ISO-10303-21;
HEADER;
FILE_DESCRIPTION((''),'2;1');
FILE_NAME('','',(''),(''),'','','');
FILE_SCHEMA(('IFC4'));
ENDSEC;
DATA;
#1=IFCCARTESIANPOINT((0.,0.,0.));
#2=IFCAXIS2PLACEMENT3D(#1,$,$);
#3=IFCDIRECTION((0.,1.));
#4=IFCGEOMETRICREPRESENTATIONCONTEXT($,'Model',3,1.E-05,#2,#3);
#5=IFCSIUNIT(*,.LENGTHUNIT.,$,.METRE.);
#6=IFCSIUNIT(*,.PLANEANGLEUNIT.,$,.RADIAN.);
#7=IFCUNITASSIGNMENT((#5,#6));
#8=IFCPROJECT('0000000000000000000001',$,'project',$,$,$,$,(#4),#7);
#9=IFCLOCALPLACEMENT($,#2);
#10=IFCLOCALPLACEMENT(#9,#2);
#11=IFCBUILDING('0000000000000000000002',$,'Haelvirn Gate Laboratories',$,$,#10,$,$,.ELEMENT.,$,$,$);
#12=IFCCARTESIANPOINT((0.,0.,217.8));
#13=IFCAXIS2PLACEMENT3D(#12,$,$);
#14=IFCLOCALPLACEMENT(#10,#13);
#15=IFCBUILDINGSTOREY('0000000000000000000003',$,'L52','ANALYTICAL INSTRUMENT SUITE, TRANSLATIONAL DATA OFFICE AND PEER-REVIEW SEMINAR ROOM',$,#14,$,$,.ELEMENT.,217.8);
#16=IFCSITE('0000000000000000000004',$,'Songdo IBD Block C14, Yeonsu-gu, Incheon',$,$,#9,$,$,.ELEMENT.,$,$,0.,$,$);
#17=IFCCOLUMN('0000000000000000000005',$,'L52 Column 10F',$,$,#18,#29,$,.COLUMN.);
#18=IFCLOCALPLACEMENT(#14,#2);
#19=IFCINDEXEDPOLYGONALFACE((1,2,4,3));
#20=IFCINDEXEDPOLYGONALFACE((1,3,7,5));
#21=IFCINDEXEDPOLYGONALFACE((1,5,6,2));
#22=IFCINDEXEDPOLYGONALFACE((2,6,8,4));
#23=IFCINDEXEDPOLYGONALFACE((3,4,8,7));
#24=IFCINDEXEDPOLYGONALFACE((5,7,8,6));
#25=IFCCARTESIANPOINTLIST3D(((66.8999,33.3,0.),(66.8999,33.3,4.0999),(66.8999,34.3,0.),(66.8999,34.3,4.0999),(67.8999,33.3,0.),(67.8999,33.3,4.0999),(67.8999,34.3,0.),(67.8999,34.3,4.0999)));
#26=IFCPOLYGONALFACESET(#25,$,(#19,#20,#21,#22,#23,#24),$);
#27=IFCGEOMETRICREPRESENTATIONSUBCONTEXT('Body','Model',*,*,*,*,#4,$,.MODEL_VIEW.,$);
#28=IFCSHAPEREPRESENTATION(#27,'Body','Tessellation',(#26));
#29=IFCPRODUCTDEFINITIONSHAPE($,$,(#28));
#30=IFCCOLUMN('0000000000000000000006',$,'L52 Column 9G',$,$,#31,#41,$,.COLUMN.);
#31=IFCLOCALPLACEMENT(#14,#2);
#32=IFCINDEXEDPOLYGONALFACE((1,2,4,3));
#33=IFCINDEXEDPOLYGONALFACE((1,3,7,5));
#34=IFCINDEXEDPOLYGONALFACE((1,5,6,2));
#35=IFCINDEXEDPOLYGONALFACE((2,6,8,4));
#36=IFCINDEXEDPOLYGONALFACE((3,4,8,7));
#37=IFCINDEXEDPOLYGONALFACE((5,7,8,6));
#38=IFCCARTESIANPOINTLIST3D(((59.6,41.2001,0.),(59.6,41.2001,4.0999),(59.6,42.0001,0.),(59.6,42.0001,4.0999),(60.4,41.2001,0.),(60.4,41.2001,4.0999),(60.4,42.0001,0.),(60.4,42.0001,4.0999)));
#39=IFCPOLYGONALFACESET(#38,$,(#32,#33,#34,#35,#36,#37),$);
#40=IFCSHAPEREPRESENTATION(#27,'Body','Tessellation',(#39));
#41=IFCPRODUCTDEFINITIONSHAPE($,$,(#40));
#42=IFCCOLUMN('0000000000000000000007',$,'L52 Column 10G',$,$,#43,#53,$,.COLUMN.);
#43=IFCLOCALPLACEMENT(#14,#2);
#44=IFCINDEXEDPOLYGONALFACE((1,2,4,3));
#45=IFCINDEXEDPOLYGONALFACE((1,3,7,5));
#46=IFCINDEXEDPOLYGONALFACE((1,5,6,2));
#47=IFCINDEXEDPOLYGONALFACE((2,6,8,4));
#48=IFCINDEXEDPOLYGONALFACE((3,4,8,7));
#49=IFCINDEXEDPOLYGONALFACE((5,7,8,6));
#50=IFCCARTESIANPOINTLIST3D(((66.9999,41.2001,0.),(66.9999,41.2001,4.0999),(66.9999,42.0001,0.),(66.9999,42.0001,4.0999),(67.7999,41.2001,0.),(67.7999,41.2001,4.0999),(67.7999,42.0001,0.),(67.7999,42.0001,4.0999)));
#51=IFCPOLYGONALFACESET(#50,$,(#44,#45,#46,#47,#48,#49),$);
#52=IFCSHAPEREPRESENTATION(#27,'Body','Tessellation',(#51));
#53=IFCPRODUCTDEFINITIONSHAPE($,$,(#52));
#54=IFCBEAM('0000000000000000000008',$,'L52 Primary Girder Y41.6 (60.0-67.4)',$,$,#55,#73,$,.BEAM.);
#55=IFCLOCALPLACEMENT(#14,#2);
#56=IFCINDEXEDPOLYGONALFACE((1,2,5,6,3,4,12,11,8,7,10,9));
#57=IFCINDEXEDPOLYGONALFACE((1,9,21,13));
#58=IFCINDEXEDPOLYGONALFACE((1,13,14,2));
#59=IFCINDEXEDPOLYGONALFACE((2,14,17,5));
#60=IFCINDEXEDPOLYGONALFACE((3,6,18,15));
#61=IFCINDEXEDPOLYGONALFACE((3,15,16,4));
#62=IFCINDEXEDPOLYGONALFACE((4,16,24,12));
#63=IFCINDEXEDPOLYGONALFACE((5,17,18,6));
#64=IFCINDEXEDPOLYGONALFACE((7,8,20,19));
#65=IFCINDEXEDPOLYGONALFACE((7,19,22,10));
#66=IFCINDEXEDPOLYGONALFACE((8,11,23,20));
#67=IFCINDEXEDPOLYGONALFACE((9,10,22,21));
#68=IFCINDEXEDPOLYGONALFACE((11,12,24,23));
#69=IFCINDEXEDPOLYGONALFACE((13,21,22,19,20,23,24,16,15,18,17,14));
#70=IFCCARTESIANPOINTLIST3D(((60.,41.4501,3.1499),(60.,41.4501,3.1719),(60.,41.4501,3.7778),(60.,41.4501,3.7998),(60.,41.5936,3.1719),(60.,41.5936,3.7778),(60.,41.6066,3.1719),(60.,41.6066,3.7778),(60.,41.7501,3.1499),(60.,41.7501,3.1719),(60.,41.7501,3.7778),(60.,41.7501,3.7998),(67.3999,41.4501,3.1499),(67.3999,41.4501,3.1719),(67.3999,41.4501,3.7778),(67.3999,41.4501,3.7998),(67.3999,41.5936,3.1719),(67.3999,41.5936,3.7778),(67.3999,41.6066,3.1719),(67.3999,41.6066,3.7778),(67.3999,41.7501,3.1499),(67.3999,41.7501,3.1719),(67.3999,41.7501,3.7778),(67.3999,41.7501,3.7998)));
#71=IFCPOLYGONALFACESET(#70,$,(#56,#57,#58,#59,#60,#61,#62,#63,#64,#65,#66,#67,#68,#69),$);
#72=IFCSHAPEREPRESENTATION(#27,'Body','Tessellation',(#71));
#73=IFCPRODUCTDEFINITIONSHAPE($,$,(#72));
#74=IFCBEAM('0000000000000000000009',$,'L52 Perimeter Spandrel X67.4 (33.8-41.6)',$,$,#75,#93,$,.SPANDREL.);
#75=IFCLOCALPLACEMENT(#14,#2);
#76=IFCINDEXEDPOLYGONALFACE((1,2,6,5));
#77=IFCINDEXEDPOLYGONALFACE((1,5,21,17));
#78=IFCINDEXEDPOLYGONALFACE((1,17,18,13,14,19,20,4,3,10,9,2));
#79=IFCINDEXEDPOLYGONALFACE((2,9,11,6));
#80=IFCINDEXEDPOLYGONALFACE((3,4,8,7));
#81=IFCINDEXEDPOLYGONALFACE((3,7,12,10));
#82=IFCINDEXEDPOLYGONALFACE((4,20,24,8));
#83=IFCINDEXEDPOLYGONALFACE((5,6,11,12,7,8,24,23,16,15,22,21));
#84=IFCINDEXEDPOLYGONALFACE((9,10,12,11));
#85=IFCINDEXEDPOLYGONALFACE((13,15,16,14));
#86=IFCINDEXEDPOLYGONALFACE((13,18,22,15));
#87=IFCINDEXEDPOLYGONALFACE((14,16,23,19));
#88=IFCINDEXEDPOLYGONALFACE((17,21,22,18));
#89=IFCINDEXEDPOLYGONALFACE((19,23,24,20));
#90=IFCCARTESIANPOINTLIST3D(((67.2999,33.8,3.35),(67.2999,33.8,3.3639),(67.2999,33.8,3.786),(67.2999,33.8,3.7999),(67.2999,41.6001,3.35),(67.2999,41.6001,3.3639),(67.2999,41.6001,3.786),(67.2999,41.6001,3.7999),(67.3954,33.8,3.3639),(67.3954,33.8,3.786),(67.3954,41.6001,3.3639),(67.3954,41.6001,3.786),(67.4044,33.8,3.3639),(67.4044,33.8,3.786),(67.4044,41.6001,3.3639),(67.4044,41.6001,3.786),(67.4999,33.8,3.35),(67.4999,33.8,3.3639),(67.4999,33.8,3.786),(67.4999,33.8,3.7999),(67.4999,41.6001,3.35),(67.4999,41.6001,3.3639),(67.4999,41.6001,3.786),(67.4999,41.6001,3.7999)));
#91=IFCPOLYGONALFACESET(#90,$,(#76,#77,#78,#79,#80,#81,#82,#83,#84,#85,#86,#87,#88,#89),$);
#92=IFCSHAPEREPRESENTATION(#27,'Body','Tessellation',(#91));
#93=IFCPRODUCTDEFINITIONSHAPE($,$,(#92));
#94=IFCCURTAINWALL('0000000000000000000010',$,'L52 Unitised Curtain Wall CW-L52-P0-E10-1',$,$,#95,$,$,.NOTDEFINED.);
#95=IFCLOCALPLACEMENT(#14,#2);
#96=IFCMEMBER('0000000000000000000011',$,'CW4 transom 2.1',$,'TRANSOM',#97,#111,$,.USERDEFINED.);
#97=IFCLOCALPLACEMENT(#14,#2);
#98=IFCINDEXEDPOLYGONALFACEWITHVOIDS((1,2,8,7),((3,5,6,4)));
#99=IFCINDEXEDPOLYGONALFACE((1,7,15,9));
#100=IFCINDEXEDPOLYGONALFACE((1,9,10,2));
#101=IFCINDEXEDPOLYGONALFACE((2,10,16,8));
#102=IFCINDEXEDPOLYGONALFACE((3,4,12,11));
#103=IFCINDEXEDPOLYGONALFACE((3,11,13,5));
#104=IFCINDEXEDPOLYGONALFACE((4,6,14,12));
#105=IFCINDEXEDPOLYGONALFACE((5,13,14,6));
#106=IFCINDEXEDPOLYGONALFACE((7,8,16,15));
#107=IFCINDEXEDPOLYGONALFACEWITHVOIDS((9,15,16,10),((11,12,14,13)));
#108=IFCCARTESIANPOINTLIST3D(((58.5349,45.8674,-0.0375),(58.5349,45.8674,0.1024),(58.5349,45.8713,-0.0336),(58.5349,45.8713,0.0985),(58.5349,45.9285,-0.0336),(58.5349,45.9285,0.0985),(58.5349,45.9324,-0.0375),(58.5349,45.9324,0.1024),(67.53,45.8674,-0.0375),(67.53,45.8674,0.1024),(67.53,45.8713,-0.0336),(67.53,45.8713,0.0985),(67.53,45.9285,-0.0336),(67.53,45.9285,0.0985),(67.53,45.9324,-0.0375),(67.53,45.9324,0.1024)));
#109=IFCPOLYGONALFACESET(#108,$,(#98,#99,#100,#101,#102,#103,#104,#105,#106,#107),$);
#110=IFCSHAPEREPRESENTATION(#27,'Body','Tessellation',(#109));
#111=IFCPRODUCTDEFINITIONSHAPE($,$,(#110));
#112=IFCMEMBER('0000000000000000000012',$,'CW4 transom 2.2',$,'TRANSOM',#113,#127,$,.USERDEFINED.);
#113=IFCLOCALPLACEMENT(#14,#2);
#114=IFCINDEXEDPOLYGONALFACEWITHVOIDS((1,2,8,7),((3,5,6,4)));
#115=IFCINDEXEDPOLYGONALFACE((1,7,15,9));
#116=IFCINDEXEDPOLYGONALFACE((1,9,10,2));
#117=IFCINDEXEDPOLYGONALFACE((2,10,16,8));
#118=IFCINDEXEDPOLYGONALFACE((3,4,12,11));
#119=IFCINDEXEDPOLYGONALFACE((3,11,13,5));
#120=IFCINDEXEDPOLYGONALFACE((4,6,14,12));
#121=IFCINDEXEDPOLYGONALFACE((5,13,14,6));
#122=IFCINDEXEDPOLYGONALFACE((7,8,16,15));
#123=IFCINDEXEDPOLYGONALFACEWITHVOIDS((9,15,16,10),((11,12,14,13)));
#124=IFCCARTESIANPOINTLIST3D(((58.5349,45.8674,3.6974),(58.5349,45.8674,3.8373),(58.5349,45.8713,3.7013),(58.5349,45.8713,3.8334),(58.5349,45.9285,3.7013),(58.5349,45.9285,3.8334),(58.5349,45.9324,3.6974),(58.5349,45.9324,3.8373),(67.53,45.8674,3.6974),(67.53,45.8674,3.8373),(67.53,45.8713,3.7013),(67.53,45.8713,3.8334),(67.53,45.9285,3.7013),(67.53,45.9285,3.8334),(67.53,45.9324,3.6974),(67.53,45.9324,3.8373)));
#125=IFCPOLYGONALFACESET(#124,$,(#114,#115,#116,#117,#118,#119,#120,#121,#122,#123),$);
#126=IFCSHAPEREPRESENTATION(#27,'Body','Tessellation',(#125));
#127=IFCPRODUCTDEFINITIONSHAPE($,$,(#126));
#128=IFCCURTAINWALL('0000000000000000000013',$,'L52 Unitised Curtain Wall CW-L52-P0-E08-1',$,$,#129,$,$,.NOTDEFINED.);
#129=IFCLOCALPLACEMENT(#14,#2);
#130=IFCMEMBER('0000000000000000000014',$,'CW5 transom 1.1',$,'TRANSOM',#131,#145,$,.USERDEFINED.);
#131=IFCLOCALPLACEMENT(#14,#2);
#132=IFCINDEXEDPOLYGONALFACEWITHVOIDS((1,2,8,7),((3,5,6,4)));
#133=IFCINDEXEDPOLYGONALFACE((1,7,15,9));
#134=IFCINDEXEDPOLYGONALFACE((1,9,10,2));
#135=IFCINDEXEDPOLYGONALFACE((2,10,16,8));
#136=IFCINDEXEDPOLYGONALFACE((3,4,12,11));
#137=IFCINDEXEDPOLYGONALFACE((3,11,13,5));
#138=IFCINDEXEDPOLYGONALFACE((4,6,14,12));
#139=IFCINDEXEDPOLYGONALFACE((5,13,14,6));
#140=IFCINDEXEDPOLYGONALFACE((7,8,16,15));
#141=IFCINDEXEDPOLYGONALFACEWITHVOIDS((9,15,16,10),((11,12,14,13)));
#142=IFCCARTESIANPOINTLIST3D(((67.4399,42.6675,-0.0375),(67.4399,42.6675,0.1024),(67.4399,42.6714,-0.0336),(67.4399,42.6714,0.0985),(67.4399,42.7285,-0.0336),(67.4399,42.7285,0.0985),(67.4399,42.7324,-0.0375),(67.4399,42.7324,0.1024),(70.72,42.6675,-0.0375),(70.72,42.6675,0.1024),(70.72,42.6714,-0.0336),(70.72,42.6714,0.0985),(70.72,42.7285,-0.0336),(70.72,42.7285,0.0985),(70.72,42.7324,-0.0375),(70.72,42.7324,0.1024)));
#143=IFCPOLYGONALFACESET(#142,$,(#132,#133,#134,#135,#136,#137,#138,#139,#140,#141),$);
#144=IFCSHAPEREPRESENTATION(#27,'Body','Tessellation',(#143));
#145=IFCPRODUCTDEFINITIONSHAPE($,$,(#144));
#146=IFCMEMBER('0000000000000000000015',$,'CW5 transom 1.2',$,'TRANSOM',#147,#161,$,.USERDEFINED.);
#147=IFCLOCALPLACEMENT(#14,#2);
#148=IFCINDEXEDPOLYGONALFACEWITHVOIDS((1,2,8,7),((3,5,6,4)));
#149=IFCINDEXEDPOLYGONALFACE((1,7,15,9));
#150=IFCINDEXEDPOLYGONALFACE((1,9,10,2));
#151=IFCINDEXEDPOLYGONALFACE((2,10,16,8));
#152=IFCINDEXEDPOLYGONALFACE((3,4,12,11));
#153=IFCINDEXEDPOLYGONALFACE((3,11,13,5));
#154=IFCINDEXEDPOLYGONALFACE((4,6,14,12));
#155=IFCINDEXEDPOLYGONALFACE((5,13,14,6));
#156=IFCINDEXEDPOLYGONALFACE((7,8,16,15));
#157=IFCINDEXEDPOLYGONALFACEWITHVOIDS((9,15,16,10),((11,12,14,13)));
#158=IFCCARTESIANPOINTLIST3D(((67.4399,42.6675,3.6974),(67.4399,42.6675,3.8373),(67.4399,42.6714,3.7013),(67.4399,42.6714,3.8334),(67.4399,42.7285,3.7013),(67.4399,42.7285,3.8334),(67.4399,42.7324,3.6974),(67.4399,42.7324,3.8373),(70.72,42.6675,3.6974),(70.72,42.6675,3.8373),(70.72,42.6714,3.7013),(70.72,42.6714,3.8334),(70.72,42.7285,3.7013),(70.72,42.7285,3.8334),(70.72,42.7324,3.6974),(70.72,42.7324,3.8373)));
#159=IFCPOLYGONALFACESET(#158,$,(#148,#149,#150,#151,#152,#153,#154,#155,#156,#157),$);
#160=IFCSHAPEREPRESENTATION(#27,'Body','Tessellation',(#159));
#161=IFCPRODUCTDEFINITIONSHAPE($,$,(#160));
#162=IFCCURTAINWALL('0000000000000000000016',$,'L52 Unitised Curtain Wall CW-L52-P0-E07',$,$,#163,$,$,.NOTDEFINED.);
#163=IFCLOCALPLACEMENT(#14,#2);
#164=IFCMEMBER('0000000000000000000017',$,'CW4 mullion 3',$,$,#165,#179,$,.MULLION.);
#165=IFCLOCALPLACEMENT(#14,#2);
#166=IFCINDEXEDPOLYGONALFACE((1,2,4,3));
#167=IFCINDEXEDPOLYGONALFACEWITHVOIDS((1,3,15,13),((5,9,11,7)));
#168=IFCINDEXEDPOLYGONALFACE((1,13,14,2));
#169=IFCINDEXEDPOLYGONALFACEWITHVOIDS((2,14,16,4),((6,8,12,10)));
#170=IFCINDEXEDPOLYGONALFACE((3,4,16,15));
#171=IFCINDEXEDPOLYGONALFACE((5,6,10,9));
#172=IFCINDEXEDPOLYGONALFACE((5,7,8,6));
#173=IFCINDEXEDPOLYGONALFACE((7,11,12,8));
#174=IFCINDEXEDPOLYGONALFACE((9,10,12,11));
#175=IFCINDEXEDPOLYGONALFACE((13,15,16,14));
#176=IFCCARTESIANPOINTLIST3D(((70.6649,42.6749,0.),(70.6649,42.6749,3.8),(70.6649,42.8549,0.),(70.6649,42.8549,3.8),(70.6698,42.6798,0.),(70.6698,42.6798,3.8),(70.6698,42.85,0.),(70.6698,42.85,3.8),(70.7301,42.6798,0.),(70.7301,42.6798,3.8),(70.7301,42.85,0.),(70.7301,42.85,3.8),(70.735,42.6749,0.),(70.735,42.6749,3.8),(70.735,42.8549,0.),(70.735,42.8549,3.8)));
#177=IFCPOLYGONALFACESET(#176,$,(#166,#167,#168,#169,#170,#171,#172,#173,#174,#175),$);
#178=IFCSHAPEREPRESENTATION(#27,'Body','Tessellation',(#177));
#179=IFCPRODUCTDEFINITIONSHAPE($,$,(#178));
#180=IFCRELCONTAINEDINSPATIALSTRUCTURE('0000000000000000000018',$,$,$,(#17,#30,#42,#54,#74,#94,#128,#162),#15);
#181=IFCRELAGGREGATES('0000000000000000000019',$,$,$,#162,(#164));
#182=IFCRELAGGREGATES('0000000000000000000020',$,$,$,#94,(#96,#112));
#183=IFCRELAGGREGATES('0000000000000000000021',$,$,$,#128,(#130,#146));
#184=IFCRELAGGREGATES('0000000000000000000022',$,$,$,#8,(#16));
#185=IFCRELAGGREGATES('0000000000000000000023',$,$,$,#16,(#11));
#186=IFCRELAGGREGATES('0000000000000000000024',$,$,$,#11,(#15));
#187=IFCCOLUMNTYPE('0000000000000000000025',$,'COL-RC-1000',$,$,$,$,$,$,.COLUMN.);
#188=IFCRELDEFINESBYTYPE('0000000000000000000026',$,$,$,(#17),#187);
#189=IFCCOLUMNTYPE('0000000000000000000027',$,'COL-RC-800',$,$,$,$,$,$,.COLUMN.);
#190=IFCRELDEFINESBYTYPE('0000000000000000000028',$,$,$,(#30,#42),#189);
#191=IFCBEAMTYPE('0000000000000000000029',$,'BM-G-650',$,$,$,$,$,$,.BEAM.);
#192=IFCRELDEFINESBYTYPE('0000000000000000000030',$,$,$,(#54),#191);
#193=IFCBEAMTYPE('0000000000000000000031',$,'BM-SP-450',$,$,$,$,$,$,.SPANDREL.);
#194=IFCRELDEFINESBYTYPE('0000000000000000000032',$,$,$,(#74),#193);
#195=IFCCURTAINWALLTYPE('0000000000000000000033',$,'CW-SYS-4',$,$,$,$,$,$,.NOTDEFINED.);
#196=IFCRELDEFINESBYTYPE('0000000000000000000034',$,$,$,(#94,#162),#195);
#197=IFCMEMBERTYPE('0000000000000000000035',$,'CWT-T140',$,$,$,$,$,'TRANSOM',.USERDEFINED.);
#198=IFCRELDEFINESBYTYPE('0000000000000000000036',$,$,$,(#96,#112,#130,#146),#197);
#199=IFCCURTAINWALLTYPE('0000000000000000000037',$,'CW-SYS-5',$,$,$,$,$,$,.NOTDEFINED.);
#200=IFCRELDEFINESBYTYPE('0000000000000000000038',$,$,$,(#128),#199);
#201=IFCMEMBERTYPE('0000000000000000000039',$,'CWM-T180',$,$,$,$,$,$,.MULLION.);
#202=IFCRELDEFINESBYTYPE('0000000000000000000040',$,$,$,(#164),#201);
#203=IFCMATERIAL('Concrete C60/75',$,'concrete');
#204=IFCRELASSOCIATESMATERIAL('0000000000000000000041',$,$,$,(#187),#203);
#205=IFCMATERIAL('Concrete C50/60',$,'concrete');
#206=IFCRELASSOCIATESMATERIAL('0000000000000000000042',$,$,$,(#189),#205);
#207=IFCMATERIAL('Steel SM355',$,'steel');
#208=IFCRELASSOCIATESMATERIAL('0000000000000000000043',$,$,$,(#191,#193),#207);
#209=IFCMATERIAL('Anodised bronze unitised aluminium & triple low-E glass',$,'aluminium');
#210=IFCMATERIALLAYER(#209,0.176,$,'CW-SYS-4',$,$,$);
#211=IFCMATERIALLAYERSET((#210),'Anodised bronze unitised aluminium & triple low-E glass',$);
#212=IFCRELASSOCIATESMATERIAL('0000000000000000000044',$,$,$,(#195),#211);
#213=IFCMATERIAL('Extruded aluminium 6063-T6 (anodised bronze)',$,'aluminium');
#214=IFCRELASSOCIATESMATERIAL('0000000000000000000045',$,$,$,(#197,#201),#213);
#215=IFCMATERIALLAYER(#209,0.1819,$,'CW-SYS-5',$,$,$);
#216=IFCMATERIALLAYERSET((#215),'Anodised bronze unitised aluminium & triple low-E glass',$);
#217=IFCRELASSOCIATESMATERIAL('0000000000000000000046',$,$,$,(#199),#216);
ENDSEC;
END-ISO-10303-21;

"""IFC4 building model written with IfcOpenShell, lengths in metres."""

from ifc_helpers import new_model, si_unit, direction, frame, origin, origin_2d, place, context, subcontext, project, spatial, rectangle, hollow_rectangle, i_section, extrude, source, transform, mapped, material, layer, layer_set, material_profile, profile_set, type_object, type_shapes, element, aggregate, save


model = new_model("IFC4")

# Units and contexts
model_context = context("Model", 3, precision=1e-05, world=origin(), true_north=direction((0.0, 1.0)))
body_context = subcontext(model_context, "Body", "Model", "MODEL_VIEW")
ifc_project = project(units=[si_unit("LENGTHUNIT", "METRE"), si_unit("PLANEANGLEUNIT", "RADIAN")], contexts=[model_context])

# Site, building, storey
site_placement = place(None, origin())
site = spatial("IfcSite", under=ifc_project, at=site_placement, Name="Songdo IBD Block C14, Yeonsu-gu, Incheon", CompositionType="ELEMENT", RefElevation=0.0)
building_placement = place(site_placement, origin())
building = spatial("IfcBuilding", under=site, at=building_placement, Name="Haelvirn Gate Laboratories", CompositionType="ELEMENT")
storey_placement = place(building_placement, frame((0.0, 0.0, 217.8)))
storey = spatial("IfcBuildingStorey", under=building, at=storey_placement, Name="L52", Description="ANALYTICAL INSTRUMENT SUITE, TRANSLATIONAL DATA OFFICE AND PEER-REVIEW SEMINAR ROOM", CompositionType="ELEMENT", Elevation=217.8)

# Columns
ifc_material_1 = material(Name="Concrete C60/75", Category="concrete")
ifc_material_profile_1 = material_profile(ifc_material_1, rectangle(XDim=1.0, YDim=1.0, at=origin_2d()), Name="RC-1000x1000")
ifc_profile_set_1 = profile_set([ifc_material_profile_1], Name="Concrete C60/75")
column_type_1 = type_object("IfcColumnType", Name="COL-RC-1000", PredefinedType="COLUMN", material=ifc_profile_set_1)
shared_shape_1 = source(origin(), body_context, "Body", "SweptSolid", [
    extrude(rectangle(XDim=1.0, YDim=1.0, at=origin_2d()), origin(), (0.0, 0.0, 1.0), 4.0999),
])
type_shapes(column_type_1, [shared_shape_1])
column_placement = place(storey_placement, frame((67.3999, 33.8, 0.0), z_axis=(0.0, 0.0, 1.0), x_axis=(1.0, 0.0, 0.0)))
element("IfcColumn", 1, at=column_placement, inside=storey, type_object=column_type_1, Name="L52 Column 10F", PredefinedType="COLUMN", context=body_context, shape_type="MappedRepresentation", body=[
    mapped(shared_shape_1, transform((0.0, 0.0, 0.0), scale=1.0)),
])
ifc_material_2 = material(Name="Concrete C50/60", Category="concrete")
ifc_material_profile_2 = material_profile(ifc_material_2, rectangle(XDim=0.8, YDim=0.8, at=origin_2d()), Name="RC-800x800")
ifc_profile_set_2 = profile_set([ifc_material_profile_2], Name="Concrete C50/60")
column_type_2 = type_object("IfcColumnType", Name="COL-RC-800", PredefinedType="COLUMN", material=ifc_profile_set_2)
shared_shape_2 = source(origin(), body_context, "Body", "SweptSolid", [
    extrude(rectangle(XDim=0.8, YDim=0.8, at=origin_2d()), origin(), (0.0, 0.0, 1.0), 4.0999),
])
type_shapes(column_type_2, [shared_shape_2])
for number, where, z_axis, x_axis, name in (
    (2, (60.0, 41.6001, 0.0), (0.0, 0.0, 1.0), (1.0, 0.0, 0.0), "L52 Column 9G"),
    (3, (67.3999, 41.6001, 0.0), (0.0, 0.0, 1.0), (1.0, 0.0, 0.0), "L52 Column 10G"),
):
    element("IfcColumn", number, at=place(storey_placement, frame(where, z_axis=z_axis, x_axis=x_axis)), inside=storey, type_object=column_type_2, Name=name, PredefinedType="COLUMN", context=body_context, shape_type="MappedRepresentation", body=[
        mapped(shared_shape_2, transform((0.0, 0.0, 0.0), scale=1.0)),
    ])

# Beams
ifc_material_3 = material(Name="Steel SM355", Category="steel")
ifc_material_profile_3 = material_profile(ifc_material_3, i_section(OverallWidth=0.3, OverallDepth=0.6499, WebThickness=0.0129, FlangeThickness=0.022, at=origin_2d()), Name="H-650x300x13x22")
ifc_profile_set_3 = profile_set([ifc_material_profile_3], Name="Steel SM355")
beam_type_1 = type_object("IfcBeamType", Name="BM-G-650", PredefinedType="BEAM", material=ifc_profile_set_3)
shared_shape_3 = source(origin(), body_context, "Body", "SweptSolid", [
    extrude(i_section(OverallWidth=0.3, OverallDepth=0.6499, WebThickness=0.0129, FlangeThickness=0.022, at=origin_2d()), origin(), (0.0, 0.0, 1.0), 7.3999),
])
type_shapes(beam_type_1, [shared_shape_3])
beam_1_placement = place(storey_placement, frame((60.0, 41.6001, 3.4749), z_axis=(1.0, 0.0, 0.0), x_axis=(0.0, 1.0, 0.0)))
element("IfcBeam", 4, at=beam_1_placement, inside=storey, type_object=beam_type_1, Name="L52 Primary Girder Y41.6 (60.0-67.4)", PredefinedType="BEAM", context=body_context, shape_type="MappedRepresentation", body=[
    mapped(shared_shape_3, transform((0.0, 0.0, 0.0), scale=1.0)),
])
ifc_material_profile_4 = material_profile(ifc_material_3, i_section(OverallWidth=0.2, OverallDepth=0.45, WebThickness=0.009, FlangeThickness=0.0139, at=origin_2d()), Name="H-450x200x9x14")
ifc_profile_set_4 = profile_set([ifc_material_profile_4], Name="Steel SM355")
beam_type_2 = type_object("IfcBeamType", Name="BM-SP-450", PredefinedType="SPANDREL", material=ifc_profile_set_4)
shared_shape_4 = source(origin(), body_context, "Body", "SweptSolid", [
    extrude(i_section(OverallWidth=0.2, OverallDepth=0.45, WebThickness=0.009, FlangeThickness=0.0139, at=origin_2d()), origin(), (0.0, 0.0, 1.0), 7.8),
])
type_shapes(beam_type_2, [shared_shape_4])
beam_2_placement = place(storey_placement, frame((67.3999, 33.8, 3.575), z_axis=(0.0, 1.0, 0.0), x_axis=(-1.0, 0.0, 0.0)))
element("IfcBeam", 5, at=beam_2_placement, inside=storey, type_object=beam_type_2, Name="L52 Perimeter Spandrel X67.4 (33.8-41.6)", PredefinedType="SPANDREL", context=body_context, shape_type="MappedRepresentation", body=[
    mapped(shared_shape_4, transform((0.0, 0.0, 0.0), scale=1.0)),
])

# Curtain walls, members
ifc_material_4 = material(Name="Anodised bronze unitised aluminium & triple low-E glass", Category="aluminium")
ifc_layer_1 = layer(ifc_material_4, 0.176, Name="CW-SYS-4")
ifc_layer_set_1 = layer_set([ifc_layer_1], Name="Anodised bronze unitised aluminium & triple low-E glass")
curtain_wall_type_1 = type_object("IfcCurtainWallType", Name="CW-SYS-4", PredefinedType="NOTDEFINED", material=ifc_layer_set_1)
curtain_wall_1_placement = place(storey_placement, origin())
curtain_wall_1 = element("IfcCurtainWall", 6, at=curtain_wall_1_placement, inside=storey, type_object=curtain_wall_type_1, Name="L52 Unitised Curtain Wall CW-L52-P0-E10-1", PredefinedType="NOTDEFINED")
ifc_material_5 = material(Name="Extruded aluminium 6063-T6 (anodised bronze)", Category="aluminium")
ifc_material_profile_5 = material_profile(ifc_material_5, hollow_rectangle(XDim=0.0649, YDim=0.1399, WallThickness=0.0039, at=origin_2d()), Name="CWT-140x65x4")
ifc_profile_set_5 = profile_set([ifc_material_profile_5], Name="Extruded aluminium 6063-T6 (anodised bronze)")
member_type_1 = type_object("IfcMemberType", Name="CWT-T140", ElementType="TRANSOM", PredefinedType="USERDEFINED", material=ifc_profile_set_5)
shared_shape_5 = source(origin(), body_context, "Body", "SweptSolid", [
    extrude(hollow_rectangle(XDim=0.0649, YDim=0.1399, WallThickness=0.0039, at=origin_2d()), origin(), (0.0, 0.0, 1.0), 8.9951),
])
member_1_placement = place(storey_placement, frame((58.5349, 45.8999, 0.0325), z_axis=(1.0, 0.0, 0.0), x_axis=(0.0, 1.0, 0.0)))
member_1 = element("IfcMember", 7, at=member_1_placement, type_object=member_type_1, Name="CW4 transom 2.1", ObjectType="TRANSOM", PredefinedType="USERDEFINED", context=body_context, shape_type="MappedRepresentation", body=[
    mapped(shared_shape_5, transform((0.0, 0.0, 0.0), scale=1.0)),
])
member_2_placement = place(storey_placement, frame((58.5349, 45.8999, 3.7673), z_axis=(1.0, 0.0, 0.0), x_axis=(0.0, 1.0, 0.0)))
member_2 = element("IfcMember", 8, at=member_2_placement, type_object=member_type_1, Name="CW4 transom 2.2", ObjectType="TRANSOM", PredefinedType="USERDEFINED", context=body_context, shape_type="MappedRepresentation", body=[
    mapped(shared_shape_5, transform((0.0, 0.0, 0.0), scale=1.0)),
])
ifc_layer_2 = layer(ifc_material_4, 0.1819, Name="CW-SYS-5")
ifc_layer_set_2 = layer_set([ifc_layer_2], Name="Anodised bronze unitised aluminium & triple low-E glass")
curtain_wall_type_2 = type_object("IfcCurtainWallType", Name="CW-SYS-5", PredefinedType="NOTDEFINED", material=ifc_layer_set_2)
curtain_wall_2_placement = place(storey_placement, origin())
curtain_wall_2 = element("IfcCurtainWall", 9, at=curtain_wall_2_placement, inside=storey, type_object=curtain_wall_type_2, Name="L52 Unitised Curtain Wall CW-L52-P0-E08-1", PredefinedType="NOTDEFINED")
shared_shape_6 = source(origin(), body_context, "Body", "SweptSolid", [
    extrude(hollow_rectangle(XDim=0.0649, YDim=0.1399, WallThickness=0.0039, at=origin_2d()), origin(), (0.0, 0.0, 1.0), 3.28),
])
type_shapes(member_type_1, [shared_shape_5, shared_shape_6])
member_3_placement = place(storey_placement, frame((67.4399, 42.7, 0.0325), z_axis=(1.0, 0.0, 0.0), x_axis=(0.0, 1.0, 0.0)))
member_3 = element("IfcMember", 10, at=member_3_placement, type_object=member_type_1, Name="CW5 transom 1.1", ObjectType="TRANSOM", PredefinedType="USERDEFINED", context=body_context, shape_type="MappedRepresentation", body=[
    mapped(shared_shape_6, transform((0.0, 0.0, 0.0), scale=1.0)),
])
member_4_placement = place(storey_placement, frame((67.4399, 42.7, 3.7673), z_axis=(1.0, 0.0, 0.0), x_axis=(0.0, 1.0, 0.0)))
member_4 = element("IfcMember", 11, at=member_4_placement, type_object=member_type_1, Name="CW5 transom 1.2", ObjectType="TRANSOM", PredefinedType="USERDEFINED", context=body_context, shape_type="MappedRepresentation", body=[
    mapped(shared_shape_6, transform((0.0, 0.0, 0.0), scale=1.0)),
])

# Curtain wall, member
curtain_wall_3_placement = place(storey_placement, origin())
curtain_wall_3 = element("IfcCurtainWall", 12, at=curtain_wall_3_placement, inside=storey, type_object=curtain_wall_type_1, Name="L52 Unitised Curtain Wall CW-L52-P0-E07", PredefinedType="NOTDEFINED")
ifc_material_profile_6 = material_profile(ifc_material_5, hollow_rectangle(XDim=0.0701, YDim=0.1799, WallThickness=0.0049, at=origin_2d()), Name="CWM-180x70x5")
ifc_profile_set_6 = profile_set([ifc_material_profile_6], Name="Extruded aluminium 6063-T6 (anodised bronze)")
member_type_2 = type_object("IfcMemberType", Name="CWM-T180", PredefinedType="MULLION", material=ifc_profile_set_6)
shared_shape_7 = source(origin(), body_context, "Body", "SweptSolid", [
    extrude(hollow_rectangle(XDim=0.0701, YDim=0.1799, WallThickness=0.0049, at=origin_2d()), origin(), (0.0, 0.0, 1.0), 3.8),
])
type_shapes(member_type_2, [shared_shape_7])
member_5_placement = place(storey_placement, frame((70.7, 42.7649, 0.0), z_axis=(0.0, 0.0, 1.0), x_axis=(-1.0, 0.0, 0.0)))
member_5 = element("IfcMember", 13, at=member_5_placement, type_object=member_type_2, Name="CW4 mullion 3", PredefinedType="MULLION", context=body_context, shape_type="MappedRepresentation", body=[
    mapped(shared_shape_7, transform((0.0, 0.0, 0.0), scale=1.0)),
])
aggregate(curtain_wall_3, [member_5])

aggregate(curtain_wall_1, [member_1, member_2])
aggregate(curtain_wall_2, [member_3, member_4])

save(model, "model.ifc")
